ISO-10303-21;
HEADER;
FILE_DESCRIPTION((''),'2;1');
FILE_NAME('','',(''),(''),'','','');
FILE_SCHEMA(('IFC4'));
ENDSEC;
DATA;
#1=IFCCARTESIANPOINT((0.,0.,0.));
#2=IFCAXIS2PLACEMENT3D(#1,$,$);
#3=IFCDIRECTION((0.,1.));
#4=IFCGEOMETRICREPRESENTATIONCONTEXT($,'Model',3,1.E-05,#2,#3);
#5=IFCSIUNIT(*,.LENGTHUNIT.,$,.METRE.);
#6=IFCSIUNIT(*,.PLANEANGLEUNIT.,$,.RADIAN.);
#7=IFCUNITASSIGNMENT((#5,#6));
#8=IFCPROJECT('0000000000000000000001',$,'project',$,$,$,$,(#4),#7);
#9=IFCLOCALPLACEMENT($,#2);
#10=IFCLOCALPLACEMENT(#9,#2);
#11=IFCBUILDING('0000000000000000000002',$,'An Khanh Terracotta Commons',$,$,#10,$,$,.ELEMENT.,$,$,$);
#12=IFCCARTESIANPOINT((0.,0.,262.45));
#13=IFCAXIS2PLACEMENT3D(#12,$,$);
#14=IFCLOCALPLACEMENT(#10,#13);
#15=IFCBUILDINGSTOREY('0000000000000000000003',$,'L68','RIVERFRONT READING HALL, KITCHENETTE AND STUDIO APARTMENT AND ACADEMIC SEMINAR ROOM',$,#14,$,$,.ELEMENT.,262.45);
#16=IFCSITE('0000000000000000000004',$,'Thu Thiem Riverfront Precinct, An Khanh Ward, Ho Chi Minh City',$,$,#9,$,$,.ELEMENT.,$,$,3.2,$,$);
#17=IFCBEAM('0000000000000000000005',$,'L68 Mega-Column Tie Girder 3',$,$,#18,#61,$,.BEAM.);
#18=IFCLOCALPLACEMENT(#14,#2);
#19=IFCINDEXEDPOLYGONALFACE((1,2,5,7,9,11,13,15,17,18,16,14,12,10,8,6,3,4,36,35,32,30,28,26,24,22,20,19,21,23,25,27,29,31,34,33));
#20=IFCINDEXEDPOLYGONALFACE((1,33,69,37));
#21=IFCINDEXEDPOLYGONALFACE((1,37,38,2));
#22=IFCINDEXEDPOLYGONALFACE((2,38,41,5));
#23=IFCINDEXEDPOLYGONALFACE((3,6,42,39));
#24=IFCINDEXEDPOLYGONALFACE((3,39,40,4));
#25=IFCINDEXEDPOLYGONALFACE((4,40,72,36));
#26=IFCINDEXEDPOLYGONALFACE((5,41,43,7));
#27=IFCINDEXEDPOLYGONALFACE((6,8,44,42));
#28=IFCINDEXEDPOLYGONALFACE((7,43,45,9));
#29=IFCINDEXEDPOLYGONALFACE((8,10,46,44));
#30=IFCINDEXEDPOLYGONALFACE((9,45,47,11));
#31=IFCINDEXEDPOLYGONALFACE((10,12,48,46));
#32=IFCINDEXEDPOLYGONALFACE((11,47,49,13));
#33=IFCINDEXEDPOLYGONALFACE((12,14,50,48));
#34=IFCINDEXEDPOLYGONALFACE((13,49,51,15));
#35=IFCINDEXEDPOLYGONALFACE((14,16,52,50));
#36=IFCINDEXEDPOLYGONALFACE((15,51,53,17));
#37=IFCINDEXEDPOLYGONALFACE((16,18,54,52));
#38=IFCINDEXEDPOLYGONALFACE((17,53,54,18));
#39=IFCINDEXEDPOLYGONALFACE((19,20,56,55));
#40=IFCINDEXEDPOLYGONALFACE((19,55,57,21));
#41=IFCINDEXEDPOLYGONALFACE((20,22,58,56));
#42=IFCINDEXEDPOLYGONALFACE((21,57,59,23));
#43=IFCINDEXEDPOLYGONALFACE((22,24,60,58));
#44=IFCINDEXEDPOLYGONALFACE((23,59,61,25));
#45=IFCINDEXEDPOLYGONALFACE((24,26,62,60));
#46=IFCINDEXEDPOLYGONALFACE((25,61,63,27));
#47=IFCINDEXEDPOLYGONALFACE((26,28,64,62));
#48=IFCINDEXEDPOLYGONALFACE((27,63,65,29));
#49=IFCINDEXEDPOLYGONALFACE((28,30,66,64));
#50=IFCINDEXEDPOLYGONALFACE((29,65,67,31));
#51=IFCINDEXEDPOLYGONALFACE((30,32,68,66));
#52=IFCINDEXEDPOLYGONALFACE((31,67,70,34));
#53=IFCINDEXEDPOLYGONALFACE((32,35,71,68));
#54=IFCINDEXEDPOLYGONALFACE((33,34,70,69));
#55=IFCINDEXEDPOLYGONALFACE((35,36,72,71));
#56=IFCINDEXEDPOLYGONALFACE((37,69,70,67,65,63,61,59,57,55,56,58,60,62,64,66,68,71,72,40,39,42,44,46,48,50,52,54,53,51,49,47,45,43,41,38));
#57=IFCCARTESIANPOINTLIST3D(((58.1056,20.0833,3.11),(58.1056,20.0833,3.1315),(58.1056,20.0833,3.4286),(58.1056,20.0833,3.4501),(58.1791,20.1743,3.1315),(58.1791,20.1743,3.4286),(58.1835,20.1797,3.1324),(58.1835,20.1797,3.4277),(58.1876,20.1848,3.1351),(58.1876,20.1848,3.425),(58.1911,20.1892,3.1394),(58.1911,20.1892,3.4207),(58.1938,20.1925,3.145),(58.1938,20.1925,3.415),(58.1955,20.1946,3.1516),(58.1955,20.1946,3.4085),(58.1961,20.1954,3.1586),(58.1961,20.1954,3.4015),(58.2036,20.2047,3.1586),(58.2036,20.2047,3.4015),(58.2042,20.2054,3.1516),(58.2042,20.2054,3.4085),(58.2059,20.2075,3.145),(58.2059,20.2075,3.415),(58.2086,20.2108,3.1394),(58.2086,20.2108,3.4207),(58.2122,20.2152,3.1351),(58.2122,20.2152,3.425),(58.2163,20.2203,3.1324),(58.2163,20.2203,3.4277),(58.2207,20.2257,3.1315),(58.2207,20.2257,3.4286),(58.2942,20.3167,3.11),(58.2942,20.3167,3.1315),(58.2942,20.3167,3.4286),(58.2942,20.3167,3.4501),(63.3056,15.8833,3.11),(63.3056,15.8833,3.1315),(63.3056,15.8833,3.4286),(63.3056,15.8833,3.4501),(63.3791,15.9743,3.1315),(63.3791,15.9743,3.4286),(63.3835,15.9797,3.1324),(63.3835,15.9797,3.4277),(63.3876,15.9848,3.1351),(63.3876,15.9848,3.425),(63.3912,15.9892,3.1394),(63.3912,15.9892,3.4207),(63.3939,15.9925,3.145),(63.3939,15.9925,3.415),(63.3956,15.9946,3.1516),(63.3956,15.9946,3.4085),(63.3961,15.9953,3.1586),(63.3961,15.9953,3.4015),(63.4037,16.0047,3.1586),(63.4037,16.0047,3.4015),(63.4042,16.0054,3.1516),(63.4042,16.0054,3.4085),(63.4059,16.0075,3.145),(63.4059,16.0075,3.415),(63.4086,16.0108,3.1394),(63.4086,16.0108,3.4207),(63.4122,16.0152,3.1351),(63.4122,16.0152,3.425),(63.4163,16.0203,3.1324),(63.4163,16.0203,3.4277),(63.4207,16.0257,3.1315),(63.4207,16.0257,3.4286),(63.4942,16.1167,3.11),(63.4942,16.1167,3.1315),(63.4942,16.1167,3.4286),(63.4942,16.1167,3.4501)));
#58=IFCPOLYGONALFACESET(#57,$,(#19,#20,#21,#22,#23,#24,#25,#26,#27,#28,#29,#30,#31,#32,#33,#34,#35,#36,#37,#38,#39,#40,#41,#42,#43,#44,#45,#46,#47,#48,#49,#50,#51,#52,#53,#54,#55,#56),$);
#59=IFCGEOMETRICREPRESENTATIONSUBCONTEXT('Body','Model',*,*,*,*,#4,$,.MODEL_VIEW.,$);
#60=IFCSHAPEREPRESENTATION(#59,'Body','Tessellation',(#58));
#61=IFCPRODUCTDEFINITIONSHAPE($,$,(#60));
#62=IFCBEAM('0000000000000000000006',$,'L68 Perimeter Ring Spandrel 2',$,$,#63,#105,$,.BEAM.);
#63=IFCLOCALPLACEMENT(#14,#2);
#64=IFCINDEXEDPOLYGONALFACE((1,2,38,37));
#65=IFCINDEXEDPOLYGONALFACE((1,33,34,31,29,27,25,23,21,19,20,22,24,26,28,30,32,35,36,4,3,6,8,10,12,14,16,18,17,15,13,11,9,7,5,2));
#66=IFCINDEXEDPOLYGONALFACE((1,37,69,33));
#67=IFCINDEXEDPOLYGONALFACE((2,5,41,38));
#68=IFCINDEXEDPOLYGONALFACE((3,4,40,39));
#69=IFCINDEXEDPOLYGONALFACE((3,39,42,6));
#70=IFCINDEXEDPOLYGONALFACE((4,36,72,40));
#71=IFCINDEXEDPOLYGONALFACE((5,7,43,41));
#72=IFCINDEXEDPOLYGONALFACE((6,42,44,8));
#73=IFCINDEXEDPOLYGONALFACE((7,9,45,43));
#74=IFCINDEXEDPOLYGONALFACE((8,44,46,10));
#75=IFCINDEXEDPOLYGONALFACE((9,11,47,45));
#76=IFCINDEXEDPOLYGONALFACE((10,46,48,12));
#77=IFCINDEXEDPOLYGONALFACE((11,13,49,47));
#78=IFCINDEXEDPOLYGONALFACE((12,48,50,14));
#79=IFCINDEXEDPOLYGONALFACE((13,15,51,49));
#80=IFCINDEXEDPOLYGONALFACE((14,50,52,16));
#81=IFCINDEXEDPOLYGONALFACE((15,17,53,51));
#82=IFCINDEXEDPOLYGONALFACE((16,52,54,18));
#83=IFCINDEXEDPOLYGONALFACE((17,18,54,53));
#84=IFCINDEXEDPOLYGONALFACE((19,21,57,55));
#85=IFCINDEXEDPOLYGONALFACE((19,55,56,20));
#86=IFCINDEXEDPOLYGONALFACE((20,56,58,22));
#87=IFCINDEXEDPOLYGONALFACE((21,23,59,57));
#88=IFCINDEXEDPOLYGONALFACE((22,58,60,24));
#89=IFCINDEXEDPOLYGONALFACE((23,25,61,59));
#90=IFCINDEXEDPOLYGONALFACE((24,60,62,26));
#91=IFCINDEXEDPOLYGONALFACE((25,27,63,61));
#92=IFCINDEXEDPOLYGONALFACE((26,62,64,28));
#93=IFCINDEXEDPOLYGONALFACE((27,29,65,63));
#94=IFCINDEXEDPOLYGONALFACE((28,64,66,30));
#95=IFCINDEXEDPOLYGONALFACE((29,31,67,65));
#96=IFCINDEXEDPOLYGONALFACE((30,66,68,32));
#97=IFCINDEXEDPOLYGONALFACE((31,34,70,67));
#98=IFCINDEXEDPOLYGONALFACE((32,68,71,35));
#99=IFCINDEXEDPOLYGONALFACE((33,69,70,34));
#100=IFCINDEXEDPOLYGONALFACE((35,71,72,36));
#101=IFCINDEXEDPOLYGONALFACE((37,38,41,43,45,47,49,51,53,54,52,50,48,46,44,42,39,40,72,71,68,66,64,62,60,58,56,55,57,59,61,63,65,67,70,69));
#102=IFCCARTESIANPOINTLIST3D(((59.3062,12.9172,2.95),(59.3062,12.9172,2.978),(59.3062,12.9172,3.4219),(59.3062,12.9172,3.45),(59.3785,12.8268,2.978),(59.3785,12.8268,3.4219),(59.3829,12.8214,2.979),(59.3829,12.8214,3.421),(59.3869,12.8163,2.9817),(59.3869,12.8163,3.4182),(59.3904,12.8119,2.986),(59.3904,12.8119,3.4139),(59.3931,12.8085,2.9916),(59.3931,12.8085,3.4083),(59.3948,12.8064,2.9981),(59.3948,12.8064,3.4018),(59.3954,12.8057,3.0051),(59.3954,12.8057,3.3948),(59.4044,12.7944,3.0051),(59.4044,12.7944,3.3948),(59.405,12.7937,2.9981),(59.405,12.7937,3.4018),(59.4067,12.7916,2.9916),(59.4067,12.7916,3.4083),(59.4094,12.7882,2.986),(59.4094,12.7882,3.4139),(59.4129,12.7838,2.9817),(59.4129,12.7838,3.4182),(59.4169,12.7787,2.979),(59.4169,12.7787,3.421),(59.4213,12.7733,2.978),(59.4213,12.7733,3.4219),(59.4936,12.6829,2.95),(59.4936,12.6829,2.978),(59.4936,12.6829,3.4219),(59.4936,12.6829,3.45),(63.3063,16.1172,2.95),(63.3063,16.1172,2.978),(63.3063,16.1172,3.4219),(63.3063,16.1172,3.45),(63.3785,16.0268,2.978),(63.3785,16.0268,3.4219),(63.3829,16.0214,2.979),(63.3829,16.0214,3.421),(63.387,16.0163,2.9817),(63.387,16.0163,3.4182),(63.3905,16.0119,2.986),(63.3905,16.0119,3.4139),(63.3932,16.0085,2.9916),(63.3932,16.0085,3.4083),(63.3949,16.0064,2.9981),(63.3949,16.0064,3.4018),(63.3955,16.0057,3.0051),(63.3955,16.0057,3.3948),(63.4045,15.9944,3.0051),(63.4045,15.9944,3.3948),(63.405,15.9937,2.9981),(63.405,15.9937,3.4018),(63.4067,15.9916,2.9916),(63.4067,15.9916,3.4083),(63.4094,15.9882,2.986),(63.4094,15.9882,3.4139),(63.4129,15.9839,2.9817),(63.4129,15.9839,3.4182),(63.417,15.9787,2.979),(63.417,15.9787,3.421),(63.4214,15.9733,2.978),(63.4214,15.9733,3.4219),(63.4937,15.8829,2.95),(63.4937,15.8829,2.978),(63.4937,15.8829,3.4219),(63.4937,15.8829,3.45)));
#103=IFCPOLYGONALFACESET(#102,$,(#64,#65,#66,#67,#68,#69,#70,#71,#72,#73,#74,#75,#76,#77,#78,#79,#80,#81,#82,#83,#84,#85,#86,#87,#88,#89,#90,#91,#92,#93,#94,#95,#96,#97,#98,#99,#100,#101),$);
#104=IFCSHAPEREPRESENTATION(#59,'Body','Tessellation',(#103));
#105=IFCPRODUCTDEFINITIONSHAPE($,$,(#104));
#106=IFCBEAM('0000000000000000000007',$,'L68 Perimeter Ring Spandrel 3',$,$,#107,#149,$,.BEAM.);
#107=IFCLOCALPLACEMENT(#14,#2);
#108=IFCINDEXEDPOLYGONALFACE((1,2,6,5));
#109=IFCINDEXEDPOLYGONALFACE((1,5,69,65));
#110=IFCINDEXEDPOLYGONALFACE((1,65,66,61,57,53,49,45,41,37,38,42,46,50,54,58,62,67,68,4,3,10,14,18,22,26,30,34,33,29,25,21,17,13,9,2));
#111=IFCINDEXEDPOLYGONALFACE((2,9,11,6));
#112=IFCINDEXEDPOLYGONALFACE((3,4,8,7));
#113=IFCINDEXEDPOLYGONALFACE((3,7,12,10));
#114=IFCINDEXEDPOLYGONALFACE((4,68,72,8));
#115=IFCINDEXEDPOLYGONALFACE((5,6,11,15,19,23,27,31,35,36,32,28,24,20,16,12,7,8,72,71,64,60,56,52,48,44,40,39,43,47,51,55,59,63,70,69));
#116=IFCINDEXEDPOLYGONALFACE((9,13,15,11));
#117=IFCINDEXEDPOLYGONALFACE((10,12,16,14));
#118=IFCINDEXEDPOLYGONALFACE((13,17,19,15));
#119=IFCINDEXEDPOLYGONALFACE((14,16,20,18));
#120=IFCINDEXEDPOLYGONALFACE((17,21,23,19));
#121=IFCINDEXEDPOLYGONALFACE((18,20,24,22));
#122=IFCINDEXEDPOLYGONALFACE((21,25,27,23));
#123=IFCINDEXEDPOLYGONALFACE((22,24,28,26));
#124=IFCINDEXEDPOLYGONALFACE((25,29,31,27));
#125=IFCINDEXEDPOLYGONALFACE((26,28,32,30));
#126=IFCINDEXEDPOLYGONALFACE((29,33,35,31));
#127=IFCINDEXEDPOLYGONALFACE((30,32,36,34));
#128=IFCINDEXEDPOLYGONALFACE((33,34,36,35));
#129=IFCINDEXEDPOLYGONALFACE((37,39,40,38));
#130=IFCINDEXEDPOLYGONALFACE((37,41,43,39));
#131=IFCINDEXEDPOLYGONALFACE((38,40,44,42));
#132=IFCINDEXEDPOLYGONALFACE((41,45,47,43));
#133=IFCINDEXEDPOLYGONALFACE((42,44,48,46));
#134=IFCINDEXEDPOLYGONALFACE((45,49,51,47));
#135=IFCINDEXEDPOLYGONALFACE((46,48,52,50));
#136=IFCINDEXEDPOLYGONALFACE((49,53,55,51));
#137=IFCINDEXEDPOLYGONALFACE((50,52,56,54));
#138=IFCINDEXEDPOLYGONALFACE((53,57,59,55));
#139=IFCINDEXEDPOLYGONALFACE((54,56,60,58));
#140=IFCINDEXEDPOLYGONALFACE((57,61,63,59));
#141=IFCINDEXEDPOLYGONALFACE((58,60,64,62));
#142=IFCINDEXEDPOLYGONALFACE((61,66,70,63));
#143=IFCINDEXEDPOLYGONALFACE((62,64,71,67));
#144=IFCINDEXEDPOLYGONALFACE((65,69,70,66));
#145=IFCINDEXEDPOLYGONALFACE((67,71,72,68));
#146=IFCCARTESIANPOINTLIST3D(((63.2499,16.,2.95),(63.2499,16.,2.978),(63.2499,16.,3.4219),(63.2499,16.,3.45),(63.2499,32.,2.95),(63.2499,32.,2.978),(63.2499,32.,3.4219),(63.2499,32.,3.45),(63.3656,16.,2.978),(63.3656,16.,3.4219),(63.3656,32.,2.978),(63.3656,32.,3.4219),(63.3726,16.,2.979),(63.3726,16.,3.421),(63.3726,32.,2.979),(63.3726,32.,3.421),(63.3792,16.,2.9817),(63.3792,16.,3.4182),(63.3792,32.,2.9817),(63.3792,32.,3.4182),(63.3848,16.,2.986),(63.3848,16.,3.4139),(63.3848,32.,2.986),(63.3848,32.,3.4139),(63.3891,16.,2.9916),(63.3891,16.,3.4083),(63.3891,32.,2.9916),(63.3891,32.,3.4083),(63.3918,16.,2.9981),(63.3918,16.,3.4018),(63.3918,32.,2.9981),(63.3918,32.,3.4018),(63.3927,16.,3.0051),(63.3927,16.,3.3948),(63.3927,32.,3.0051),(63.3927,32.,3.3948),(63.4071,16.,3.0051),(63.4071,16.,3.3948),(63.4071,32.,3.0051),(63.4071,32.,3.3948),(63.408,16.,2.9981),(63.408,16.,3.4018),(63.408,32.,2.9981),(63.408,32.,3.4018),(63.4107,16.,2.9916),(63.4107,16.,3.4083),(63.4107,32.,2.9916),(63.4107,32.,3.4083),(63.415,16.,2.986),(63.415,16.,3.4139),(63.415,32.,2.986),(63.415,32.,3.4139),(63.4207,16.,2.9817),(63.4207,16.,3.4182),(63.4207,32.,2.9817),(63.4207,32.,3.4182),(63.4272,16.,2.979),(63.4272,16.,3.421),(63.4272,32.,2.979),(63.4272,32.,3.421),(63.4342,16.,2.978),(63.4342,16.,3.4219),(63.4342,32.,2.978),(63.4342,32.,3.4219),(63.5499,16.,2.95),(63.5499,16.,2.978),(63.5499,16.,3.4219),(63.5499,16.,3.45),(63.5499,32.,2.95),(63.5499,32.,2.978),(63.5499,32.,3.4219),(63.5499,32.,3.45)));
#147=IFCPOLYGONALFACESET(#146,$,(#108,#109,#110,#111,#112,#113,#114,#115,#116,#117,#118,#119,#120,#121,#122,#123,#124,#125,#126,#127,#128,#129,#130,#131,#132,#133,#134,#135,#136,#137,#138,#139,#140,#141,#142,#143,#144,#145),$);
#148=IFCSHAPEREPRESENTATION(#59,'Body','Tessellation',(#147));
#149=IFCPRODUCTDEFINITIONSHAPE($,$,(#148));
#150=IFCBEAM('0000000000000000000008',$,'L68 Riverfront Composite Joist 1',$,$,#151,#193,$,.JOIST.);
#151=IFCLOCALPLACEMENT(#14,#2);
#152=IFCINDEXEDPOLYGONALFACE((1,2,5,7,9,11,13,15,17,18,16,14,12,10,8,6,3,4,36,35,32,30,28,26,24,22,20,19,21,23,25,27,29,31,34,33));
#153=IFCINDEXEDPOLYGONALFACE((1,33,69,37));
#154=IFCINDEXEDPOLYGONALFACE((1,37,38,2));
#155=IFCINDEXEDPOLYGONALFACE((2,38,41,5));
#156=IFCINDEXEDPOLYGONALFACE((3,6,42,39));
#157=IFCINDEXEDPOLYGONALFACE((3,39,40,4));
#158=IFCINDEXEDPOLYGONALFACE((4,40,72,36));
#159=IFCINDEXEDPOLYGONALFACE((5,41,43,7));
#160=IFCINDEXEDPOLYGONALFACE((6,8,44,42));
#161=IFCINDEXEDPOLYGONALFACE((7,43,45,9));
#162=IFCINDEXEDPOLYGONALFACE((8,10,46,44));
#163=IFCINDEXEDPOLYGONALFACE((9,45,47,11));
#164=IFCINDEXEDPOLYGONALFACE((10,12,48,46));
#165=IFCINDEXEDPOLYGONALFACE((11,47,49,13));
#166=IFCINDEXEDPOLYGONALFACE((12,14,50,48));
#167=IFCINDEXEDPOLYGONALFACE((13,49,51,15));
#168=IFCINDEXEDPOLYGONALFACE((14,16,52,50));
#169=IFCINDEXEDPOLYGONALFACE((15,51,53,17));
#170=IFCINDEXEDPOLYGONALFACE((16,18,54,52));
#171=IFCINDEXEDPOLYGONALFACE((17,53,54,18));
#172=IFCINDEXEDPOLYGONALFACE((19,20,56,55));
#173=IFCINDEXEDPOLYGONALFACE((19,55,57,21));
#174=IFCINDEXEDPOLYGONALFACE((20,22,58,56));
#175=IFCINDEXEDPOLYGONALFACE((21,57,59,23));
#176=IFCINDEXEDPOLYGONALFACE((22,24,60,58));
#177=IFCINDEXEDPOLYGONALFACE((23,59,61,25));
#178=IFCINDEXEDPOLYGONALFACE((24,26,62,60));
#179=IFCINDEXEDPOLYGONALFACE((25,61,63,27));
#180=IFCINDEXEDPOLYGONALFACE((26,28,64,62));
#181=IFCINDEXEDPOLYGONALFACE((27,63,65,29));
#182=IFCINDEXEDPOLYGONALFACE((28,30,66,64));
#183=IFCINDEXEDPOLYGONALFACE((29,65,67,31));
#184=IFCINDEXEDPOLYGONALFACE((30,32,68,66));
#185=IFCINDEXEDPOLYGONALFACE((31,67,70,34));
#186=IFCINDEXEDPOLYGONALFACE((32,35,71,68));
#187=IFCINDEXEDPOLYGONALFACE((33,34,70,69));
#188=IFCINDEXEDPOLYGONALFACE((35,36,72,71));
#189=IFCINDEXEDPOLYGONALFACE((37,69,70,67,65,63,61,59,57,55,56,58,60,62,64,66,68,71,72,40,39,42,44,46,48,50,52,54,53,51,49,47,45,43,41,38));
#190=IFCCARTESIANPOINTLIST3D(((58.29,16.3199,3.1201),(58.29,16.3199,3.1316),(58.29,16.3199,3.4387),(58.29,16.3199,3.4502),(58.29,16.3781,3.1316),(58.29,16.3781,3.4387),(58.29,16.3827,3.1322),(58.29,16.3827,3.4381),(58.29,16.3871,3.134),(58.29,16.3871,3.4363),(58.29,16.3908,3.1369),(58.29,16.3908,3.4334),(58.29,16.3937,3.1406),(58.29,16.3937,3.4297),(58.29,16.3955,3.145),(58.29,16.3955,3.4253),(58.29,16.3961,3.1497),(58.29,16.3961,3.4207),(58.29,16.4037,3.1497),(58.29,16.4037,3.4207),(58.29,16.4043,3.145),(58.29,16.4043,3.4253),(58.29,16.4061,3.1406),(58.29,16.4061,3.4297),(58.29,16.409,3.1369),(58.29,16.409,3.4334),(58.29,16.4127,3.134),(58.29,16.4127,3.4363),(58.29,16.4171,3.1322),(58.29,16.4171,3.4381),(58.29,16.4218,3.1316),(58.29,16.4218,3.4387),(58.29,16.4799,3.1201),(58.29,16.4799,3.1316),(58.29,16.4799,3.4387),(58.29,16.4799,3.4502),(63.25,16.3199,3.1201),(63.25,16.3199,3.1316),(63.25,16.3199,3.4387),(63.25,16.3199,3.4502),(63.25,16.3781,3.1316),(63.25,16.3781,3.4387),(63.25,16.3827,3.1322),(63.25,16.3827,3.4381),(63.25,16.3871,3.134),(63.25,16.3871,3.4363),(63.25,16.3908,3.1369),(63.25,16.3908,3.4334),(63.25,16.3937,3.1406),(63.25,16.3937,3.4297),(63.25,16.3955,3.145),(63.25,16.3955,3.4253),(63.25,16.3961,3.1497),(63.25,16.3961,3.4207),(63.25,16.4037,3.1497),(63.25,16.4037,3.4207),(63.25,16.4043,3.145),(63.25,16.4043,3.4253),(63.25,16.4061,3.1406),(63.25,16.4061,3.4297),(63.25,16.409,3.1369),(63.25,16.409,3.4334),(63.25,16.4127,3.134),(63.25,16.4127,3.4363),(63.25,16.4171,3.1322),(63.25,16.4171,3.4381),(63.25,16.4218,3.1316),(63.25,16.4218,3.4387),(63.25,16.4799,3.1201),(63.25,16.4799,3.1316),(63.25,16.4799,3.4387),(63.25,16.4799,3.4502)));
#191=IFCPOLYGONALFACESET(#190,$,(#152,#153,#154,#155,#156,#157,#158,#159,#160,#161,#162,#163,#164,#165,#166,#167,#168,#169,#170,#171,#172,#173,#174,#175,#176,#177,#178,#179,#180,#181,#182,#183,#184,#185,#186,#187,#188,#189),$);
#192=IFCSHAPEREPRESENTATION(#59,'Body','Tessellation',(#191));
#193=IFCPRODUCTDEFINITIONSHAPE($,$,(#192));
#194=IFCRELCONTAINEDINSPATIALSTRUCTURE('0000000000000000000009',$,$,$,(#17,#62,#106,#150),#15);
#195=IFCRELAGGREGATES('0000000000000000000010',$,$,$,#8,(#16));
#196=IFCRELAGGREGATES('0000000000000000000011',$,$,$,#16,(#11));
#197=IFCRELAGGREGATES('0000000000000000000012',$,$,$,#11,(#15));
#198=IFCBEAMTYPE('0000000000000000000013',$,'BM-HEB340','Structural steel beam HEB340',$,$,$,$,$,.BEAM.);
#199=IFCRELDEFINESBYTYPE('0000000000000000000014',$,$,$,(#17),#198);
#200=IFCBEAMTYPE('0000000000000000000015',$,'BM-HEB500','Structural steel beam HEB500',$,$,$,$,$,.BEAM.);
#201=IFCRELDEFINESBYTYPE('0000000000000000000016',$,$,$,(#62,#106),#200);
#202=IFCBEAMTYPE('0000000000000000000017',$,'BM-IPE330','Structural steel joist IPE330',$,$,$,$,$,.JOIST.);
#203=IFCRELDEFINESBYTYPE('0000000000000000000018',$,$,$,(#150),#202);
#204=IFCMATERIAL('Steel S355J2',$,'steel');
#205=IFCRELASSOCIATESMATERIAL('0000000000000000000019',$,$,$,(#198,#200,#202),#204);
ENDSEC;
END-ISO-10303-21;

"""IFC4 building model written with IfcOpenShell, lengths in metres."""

from ifc_helpers import new_model, si_unit, direction, frame, origin, origin_2d, place, context, subcontext, project, spatial, i_section, extrude, material, material_profile, profile_set, type_object, element, save


model = new_model("IFC4")

# Units and contexts
model_context = context("Model", 3, precision=1e-05, world=origin(), true_north=direction((0.0, 1.0)))
body_context = subcontext(model_context, "Body", "Model", "MODEL_VIEW")
ifc_project = project(units=[si_unit("LENGTHUNIT", "METRE"), si_unit("PLANEANGLEUNIT", "RADIAN")], contexts=[model_context])

# Site, building, storey
site_placement = place(None, origin())
site = spatial("IfcSite", under=ifc_project, at=site_placement, Name="Thu Thiem Riverfront Precinct, An Khanh Ward, Ho Chi Minh City", CompositionType="ELEMENT", RefElevation=3.2)
building_placement = place(site_placement, origin())
building = spatial("IfcBuilding", under=site, at=building_placement, Name="An Khanh Terracotta Commons", CompositionType="ELEMENT")
storey_placement = place(building_placement, frame((0.0, 0.0, 262.45)))
storey = spatial("IfcBuildingStorey", under=building, at=storey_placement, Name="L68", Description="RIVERFRONT READING HALL, KITCHENETTE AND STUDIO APARTMENT AND ACADEMIC SEMINAR ROOM", CompositionType="ELEMENT", Elevation=262.45)

# Beams
ifc_material_1 = material(Name="Steel S355J2", Category="steel")
ifc_material_profile_1 = material_profile(ifc_material_1, i_section(OverallWidth=0.3, OverallDepth=0.3401, WebThickness=0.012, FlangeThickness=0.0215, FilletRadius=0.0271, at=origin_2d()), Name="HEB340")
ifc_profile_set_1 = profile_set([ifc_material_profile_1], Name="Steel S355J2")
beam_type_1 = type_object("IfcBeamType", Name="BM-HEB340", Description="Structural steel beam HEB340", PredefinedType="BEAM", material=ifc_profile_set_1)
beam_1_placement = place(storey_placement, frame((63.3999, 16.0, 3.28), z_axis=(-0.777942, 0.628336, 0.0), x_axis=(-0.628336, -0.777942, 0.0)))
element("IfcBeam", 1, at=beam_1_placement, inside=storey, type_object=beam_type_1, Name="L68 Mega-Column Tie Girder 3", PredefinedType="BEAM", context=body_context, shape_type="SweptSolid", body=[
    extrude(i_section(OverallWidth=0.3, OverallDepth=0.3401, WebThickness=0.012, FlangeThickness=0.0215, FilletRadius=0.0271, at=origin_2d()), origin(), (0.0, 0.0, 1.0), 6.6843),
])
ifc_material_profile_2 = material_profile(ifc_material_1, i_section(OverallWidth=0.3, OverallDepth=0.5, WebThickness=0.0144, FlangeThickness=0.0281, FilletRadius=0.0271, at=origin_2d()), Name="HEB500")
ifc_profile_set_2 = profile_set([ifc_material_profile_2], Name="Steel S355J2")
beam_type_2 = type_object("IfcBeamType", Name="BM-HEB500", Description="Structural steel beam HEB500", PredefinedType="BEAM", material=ifc_profile_set_2)
beam_2_placement = place(storey_placement, frame((59.3999, 12.8, 3.2), z_axis=(0.780873, 0.624689, 0.0), x_axis=(-0.624689, 0.780873, 0.0)))
element("IfcBeam", 2, at=beam_2_placement, inside=storey, type_object=beam_type_2, Name="L68 Perimeter Ring Spandrel 2", PredefinedType="BEAM", context=body_context, shape_type="SweptSolid", body=[
    extrude(i_section(OverallWidth=0.3, OverallDepth=0.5, WebThickness=0.0144, FlangeThickness=0.0281, FilletRadius=0.0271, at=origin_2d()), origin(), (0.0, 0.0, 1.0), 5.1226),
])
beam_3_placement = place(storey_placement, frame((63.3999, 16.0, 3.2), z_axis=(0.0, 1.0, 0.0), x_axis=(-1.0, 0.0, 0.0)))
element("IfcBeam", 3, at=beam_3_placement, inside=storey, type_object=beam_type_2, Name="L68 Perimeter Ring Spandrel 3", PredefinedType="BEAM", context=body_context, shape_type="SweptSolid", body=[
    extrude(i_section(OverallWidth=0.3, OverallDepth=0.5, WebThickness=0.0144, FlangeThickness=0.0281, FilletRadius=0.0271, at=origin_2d()), origin(), (0.0, 0.0, 1.0), 16.0),
])
ifc_material_profile_3 = material_profile(ifc_material_1, i_section(OverallWidth=0.1599, OverallDepth=0.3301, WebThickness=0.0076, FlangeThickness=0.0115, FilletRadius=0.0181, at=origin_2d()), Name="IPE330")
ifc_profile_set_3 = profile_set([ifc_material_profile_3], Name="Steel S355J2")
beam_type_3 = type_object("IfcBeamType", Name="BM-IPE330", Description="Structural steel joist IPE330", PredefinedType="JOIST", material=ifc_profile_set_3)
for number, where, z_axis, x_axis, name in (
    (4, (58.29, 16.3999, 3.2852), (1.0, 0.0, 0.0), (0.0, 1.0, 0.0), "L68 Riverfront Composite Joist 1"),
):
    element("IfcBeam", number, at=place(storey_placement, frame(where, z_axis=z_axis, x_axis=x_axis)), inside=storey, type_object=beam_type_3, Name=name, PredefinedType="JOIST", context=body_context, shape_type="SweptSolid", body=[
        extrude(i_section(OverallWidth=0.1599, OverallDepth=0.3301, WebThickness=0.0076, FlangeThickness=0.0115, FilletRadius=0.0181, at=origin_2d()), origin(), (0.0, 0.0, 1.0), 4.96),
    ])

save(model, "model.ifc")
